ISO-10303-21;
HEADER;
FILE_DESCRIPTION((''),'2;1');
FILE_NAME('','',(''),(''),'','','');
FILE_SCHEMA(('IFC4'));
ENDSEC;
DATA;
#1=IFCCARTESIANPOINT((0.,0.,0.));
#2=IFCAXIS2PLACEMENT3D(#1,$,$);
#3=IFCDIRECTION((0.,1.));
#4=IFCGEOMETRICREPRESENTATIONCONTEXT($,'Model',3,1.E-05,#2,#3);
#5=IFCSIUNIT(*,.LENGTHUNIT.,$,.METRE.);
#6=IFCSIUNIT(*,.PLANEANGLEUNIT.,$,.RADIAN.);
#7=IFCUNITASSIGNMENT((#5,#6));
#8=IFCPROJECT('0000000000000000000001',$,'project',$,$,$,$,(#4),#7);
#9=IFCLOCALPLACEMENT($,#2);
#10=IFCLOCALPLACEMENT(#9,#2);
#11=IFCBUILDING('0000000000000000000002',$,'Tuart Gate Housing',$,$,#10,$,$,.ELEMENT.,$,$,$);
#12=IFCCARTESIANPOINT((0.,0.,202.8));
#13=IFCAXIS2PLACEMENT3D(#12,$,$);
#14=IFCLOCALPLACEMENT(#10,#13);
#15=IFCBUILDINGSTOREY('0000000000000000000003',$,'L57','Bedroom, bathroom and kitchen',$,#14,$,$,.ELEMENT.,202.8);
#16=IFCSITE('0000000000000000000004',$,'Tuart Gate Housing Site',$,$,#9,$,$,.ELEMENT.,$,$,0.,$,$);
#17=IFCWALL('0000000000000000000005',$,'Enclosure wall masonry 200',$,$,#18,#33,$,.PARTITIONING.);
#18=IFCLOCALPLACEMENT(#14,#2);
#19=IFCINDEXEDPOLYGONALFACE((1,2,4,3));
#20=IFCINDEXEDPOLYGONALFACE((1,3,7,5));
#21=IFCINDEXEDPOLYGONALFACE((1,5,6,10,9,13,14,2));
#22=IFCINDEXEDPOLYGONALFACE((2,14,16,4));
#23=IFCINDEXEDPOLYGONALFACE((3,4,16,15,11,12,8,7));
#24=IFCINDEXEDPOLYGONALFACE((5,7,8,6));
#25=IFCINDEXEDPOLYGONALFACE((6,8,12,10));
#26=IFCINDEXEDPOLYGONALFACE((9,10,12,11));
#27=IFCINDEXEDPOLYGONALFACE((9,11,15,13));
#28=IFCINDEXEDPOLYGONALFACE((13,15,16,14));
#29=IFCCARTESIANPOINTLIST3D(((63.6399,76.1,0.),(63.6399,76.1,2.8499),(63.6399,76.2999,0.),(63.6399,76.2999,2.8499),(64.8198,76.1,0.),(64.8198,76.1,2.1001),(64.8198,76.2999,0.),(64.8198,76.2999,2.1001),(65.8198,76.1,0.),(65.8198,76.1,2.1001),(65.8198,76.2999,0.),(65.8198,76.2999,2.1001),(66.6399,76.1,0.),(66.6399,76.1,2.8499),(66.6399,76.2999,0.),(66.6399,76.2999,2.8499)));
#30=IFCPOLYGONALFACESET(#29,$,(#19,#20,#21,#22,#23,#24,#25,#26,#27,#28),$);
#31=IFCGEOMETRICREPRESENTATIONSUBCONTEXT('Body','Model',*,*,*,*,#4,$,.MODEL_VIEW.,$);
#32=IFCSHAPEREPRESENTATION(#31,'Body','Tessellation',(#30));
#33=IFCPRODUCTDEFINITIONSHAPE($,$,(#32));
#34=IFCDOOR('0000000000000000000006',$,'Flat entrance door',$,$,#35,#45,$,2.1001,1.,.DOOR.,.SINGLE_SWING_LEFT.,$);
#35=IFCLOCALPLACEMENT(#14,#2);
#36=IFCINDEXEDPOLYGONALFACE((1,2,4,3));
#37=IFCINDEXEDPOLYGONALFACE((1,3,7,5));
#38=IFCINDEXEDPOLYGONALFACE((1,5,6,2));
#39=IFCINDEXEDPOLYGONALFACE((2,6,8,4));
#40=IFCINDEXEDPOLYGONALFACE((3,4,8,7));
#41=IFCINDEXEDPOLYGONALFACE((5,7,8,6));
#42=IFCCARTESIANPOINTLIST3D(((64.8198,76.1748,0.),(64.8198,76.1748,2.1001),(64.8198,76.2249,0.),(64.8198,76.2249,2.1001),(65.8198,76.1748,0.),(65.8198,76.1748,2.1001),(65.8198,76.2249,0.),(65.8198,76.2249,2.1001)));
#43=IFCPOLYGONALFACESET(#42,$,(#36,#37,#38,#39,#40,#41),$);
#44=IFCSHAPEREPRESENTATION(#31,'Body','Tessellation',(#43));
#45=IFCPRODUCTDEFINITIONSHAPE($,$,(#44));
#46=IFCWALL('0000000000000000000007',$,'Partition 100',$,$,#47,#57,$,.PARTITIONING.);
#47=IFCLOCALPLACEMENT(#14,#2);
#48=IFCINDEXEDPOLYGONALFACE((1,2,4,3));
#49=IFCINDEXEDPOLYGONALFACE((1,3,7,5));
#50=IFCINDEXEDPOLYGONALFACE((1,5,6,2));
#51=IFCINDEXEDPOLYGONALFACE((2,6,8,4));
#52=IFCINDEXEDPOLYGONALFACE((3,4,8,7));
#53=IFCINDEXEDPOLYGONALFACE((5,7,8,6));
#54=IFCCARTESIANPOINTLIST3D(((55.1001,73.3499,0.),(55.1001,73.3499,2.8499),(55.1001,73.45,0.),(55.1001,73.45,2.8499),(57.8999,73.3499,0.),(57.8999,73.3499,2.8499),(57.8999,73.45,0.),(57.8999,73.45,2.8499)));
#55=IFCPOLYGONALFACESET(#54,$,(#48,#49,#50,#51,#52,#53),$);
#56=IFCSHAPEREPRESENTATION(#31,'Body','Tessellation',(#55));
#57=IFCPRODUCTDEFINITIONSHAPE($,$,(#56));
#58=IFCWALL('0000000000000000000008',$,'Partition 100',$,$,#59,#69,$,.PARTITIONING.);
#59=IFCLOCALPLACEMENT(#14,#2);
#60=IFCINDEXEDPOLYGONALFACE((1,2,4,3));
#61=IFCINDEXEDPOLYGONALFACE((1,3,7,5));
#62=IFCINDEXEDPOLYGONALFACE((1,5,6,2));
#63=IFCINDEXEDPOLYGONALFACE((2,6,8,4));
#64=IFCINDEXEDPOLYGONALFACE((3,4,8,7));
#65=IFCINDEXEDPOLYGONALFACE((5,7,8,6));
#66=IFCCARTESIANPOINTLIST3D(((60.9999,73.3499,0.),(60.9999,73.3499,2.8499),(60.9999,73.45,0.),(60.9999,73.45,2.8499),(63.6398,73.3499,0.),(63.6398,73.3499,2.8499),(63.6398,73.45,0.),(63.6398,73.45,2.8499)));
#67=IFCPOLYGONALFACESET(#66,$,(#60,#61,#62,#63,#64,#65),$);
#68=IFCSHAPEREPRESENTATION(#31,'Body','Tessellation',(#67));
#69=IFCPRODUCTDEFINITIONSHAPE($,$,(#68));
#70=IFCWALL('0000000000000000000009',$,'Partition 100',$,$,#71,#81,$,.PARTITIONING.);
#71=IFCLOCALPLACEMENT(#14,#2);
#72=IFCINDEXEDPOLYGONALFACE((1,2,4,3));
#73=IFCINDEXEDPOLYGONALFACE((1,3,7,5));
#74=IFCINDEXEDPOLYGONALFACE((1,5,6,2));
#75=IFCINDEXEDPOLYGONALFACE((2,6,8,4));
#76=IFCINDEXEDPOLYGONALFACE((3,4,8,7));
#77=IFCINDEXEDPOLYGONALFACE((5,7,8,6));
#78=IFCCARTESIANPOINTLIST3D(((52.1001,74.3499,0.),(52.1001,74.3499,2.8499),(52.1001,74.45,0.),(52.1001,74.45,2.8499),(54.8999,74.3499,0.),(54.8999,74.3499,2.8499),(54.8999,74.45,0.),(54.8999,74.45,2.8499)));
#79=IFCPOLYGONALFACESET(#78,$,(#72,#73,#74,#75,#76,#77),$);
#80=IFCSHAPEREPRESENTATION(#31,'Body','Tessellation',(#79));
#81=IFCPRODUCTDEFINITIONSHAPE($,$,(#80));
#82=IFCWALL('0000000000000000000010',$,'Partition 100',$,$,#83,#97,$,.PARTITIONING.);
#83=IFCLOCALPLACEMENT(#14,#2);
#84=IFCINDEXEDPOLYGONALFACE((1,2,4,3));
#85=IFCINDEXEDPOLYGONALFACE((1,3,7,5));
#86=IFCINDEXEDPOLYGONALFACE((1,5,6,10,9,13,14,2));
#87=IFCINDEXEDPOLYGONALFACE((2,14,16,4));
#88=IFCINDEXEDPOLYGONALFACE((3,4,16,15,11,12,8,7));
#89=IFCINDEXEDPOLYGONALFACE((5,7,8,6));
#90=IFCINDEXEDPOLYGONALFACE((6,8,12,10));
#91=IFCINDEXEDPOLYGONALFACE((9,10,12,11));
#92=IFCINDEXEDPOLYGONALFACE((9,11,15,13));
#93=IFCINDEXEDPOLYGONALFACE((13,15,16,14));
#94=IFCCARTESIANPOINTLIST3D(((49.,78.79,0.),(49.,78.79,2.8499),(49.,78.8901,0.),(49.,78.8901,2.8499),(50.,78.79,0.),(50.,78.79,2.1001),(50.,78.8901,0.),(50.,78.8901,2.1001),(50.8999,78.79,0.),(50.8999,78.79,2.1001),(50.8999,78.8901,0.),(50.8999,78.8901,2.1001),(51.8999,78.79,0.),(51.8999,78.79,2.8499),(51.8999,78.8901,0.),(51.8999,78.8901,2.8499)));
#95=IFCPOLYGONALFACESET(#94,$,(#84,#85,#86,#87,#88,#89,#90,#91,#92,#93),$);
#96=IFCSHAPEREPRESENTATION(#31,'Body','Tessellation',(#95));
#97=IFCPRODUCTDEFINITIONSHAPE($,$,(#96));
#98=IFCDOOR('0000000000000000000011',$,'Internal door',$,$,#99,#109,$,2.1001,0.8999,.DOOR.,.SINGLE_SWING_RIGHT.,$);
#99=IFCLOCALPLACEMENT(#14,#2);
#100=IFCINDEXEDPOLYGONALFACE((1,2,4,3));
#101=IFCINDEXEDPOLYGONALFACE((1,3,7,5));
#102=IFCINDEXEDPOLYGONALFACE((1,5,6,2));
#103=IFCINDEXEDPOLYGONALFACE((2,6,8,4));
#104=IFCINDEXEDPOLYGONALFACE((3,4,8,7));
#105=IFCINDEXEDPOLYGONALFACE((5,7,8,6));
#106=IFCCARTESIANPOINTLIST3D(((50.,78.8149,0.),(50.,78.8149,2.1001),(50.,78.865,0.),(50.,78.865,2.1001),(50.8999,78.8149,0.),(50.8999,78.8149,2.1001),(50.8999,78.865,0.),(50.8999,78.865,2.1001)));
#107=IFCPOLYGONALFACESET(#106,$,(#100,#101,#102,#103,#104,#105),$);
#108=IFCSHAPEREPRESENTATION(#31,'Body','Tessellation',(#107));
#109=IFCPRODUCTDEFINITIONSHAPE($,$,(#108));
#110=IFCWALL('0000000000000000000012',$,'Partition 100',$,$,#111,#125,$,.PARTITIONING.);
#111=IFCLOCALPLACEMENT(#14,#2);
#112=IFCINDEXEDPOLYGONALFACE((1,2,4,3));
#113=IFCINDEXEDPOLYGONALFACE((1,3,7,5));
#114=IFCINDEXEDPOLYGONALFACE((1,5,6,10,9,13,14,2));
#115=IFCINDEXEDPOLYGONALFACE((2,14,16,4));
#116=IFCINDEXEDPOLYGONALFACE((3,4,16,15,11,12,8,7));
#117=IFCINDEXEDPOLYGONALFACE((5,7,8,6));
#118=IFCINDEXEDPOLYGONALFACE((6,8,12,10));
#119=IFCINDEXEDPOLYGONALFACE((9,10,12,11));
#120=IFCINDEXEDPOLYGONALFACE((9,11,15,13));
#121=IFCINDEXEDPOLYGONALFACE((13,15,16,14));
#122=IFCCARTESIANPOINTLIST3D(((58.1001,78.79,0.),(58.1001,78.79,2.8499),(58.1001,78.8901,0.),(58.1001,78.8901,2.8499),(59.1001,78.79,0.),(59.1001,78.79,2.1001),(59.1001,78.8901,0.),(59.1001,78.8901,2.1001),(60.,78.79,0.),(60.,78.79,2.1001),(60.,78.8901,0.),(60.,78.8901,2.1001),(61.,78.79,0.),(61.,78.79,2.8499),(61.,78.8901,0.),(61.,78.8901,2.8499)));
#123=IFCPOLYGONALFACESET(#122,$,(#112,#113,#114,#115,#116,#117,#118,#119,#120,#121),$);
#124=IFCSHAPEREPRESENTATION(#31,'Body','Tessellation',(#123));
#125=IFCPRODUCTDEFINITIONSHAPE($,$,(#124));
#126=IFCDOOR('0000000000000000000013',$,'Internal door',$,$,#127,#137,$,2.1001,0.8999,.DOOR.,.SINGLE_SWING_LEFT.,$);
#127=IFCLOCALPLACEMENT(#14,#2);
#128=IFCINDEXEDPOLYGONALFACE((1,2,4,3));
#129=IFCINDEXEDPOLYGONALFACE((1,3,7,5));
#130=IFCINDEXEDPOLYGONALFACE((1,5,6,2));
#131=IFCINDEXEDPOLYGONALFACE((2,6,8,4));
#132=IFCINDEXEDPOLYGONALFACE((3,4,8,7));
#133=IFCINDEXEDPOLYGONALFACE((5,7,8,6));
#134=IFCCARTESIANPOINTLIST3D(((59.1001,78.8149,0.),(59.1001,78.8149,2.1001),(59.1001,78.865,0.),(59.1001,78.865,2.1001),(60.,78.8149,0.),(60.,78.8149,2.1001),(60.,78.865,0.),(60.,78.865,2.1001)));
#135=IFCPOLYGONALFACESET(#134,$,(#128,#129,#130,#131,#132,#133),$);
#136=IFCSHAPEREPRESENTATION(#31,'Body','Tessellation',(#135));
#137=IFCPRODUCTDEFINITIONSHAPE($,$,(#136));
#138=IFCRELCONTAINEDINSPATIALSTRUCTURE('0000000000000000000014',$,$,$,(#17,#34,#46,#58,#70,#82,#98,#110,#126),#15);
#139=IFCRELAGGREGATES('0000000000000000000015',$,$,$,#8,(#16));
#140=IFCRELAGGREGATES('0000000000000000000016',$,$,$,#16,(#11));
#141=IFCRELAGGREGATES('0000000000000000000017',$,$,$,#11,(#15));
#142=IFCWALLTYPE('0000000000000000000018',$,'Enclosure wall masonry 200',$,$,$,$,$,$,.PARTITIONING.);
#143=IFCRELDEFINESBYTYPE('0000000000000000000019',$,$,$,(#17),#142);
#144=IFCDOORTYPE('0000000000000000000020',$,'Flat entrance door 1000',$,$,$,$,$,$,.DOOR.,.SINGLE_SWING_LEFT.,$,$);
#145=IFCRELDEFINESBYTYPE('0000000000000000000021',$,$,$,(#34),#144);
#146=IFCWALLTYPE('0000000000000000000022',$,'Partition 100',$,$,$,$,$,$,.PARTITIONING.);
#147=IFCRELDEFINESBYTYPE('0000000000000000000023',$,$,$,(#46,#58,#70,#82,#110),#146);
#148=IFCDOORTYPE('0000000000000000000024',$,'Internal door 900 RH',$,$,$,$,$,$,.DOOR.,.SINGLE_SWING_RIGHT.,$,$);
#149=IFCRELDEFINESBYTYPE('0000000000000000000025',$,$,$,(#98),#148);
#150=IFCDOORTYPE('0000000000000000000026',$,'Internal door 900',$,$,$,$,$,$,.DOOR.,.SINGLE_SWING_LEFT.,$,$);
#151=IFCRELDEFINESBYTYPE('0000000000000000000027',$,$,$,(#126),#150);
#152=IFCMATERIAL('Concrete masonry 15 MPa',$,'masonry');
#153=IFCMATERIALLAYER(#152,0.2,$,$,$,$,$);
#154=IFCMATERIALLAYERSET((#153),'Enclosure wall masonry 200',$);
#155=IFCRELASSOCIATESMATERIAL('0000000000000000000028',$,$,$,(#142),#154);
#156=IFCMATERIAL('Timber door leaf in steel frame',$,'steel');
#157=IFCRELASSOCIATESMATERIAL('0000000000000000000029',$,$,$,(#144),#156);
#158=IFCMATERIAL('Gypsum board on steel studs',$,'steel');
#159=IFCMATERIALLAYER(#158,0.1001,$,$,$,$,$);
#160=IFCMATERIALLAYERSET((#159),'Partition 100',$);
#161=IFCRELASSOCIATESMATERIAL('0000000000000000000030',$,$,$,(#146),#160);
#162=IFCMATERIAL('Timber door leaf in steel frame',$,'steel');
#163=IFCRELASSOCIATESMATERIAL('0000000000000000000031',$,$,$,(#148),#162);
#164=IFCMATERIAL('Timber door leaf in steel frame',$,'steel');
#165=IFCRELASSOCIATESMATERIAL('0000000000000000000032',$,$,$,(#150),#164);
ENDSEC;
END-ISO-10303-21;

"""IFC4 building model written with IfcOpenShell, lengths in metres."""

from ifc_helpers import new_model, si_unit, direction, frame, frame_2d, origin, place, context, subcontext, project, spatial, rectangle, extrude, material, layer, layer_set, type_object, element, fill, save


model = new_model("IFC4")

# Units and contexts
model_context = context("Model", 3, precision=1e-05, world=origin(), true_north=direction((0.0, 1.0)))
body_context = subcontext(model_context, "Body", "Model", "MODEL_VIEW")
ifc_project = project(units=[si_unit("LENGTHUNIT", "METRE"), si_unit("PLANEANGLEUNIT", "RADIAN")], contexts=[model_context])

# Site, building, storey
site_placement = place(None, origin())
site = spatial("IfcSite", under=ifc_project, at=site_placement, Name="Tuart Gate Housing Site", CompositionType="ELEMENT", RefElevation=0.0)
building_placement = place(site_placement, origin())
building = spatial("IfcBuilding", under=site, at=building_placement, Name="Tuart Gate Housing", CompositionType="ELEMENT")
storey_placement = place(building_placement, frame((0.0, 0.0, 202.8)))
storey = spatial("IfcBuildingStorey", under=building, at=storey_placement, Name="L57", Description="Bedroom, bathroom and kitchen", CompositionType="ELEMENT", Elevation=202.8)

# Wall, opening, door
ifc_material_1 = material(Name="Concrete masonry 15 MPa", Category="masonry")
ifc_layer_1 = layer(ifc_material_1, 0.2)
ifc_layer_set_1 = layer_set([ifc_layer_1], Name="Enclosure wall masonry 200")
wall_type_1 = type_object("IfcWallType", Name="Enclosure wall masonry 200", PredefinedType="PARTITIONING", material=ifc_layer_set_1)
wall_1_placement = place(storey_placement, frame((63.6399, 76.2, 0.0), z_axis=(0.0, 0.0, 1.0), x_axis=(1.0, 0.0, 0.0)))
wall_1 = element("IfcWall", 1, at=wall_1_placement, inside=storey, type_object=wall_type_1, Name="Enclosure wall masonry 200", PredefinedType="PARTITIONING", context=body_context, shape_type="SweptSolid", body=[
    extrude(rectangle(XDim=3.0, YDim=0.2, at=frame_2d((1.5, 0.0))), origin(), (0.0, 0.0, 1.0), 2.8499),
])
opening_1_placement = place(wall_1_placement, frame((1.1799, 0.0, 0.0)))
opening_1 = element("IfcOpeningElement", 2, at=opening_1_placement, cuts=wall_1, PredefinedType="OPENING", context=body_context, shape_type="SweptSolid", body=[
    extrude(rectangle(XDim=1.0, YDim=2.1001, at=frame_2d((0.5, 1.05))), frame((0.0, 0.1099, 0.0), z_axis=(0.0, -1.0, 0.0), x_axis=(1.0, 0.0, 0.0)), (0.0, 0.0, 1.0), 0.22),
])
ifc_material_2 = material(Name="Timber door leaf in steel frame", Category="steel")
door_type_1 = type_object("IfcDoorType", Name="Flat entrance door 1000", OperationType="SINGLE_SWING_LEFT", PredefinedType="DOOR", material=ifc_material_2)
door_1_placement = place(opening_1_placement, origin())
door_1 = element("IfcDoor", 3, at=door_1_placement, inside=storey, type_object=door_type_1, Name="Flat entrance door", OperationType="SINGLE_SWING_LEFT", OverallHeight=2.1001, OverallWidth=1.0, PredefinedType="DOOR", context=body_context, shape_type="SweptSolid", body=[
    extrude(rectangle(XDim=1.0, YDim=2.1001, at=frame_2d((0.5, 1.05))), frame((0.0, 0.0249, 0.0), z_axis=(0.0, -1.0, 0.0), x_axis=(1.0, 0.0, 0.0)), (0.0, 0.0, 1.0), 0.05),
])
fill(opening_1, door_1)

# Walls
ifc_material_3 = material(Name="Gypsum board on steel studs", Category="steel")
ifc_layer_2 = layer(ifc_material_3, 0.1001)
ifc_layer_set_2 = layer_set([ifc_layer_2], Name="Partition 100")
wall_type_2 = type_object("IfcWallType", Name="Partition 100", PredefinedType="PARTITIONING", material=ifc_layer_set_2)
wall_2_placement = place(storey_placement, frame((55.1001, 73.3999, 0.0), z_axis=(0.0, 0.0, 1.0), x_axis=(1.0, 0.0, 0.0)))
element("IfcWall", 4, at=wall_2_placement, inside=storey, type_object=wall_type_2, Name="Partition 100", PredefinedType="PARTITIONING", context=body_context, shape_type="SweptSolid", body=[
    extrude(rectangle(XDim=2.7998, YDim=0.1001, at=frame_2d((1.3999, 0.0))), origin(), (0.0, 0.0, 1.0), 2.8499),
])
wall_3_placement = place(storey_placement, frame((61.0, 73.3999, 0.0), z_axis=(0.0, 0.0, 1.0), x_axis=(1.0, 0.0, 0.0)))
element("IfcWall", 5, at=wall_3_placement, inside=storey, type_object=wall_type_2, Name="Partition 100", PredefinedType="PARTITIONING", context=body_context, shape_type="SweptSolid", body=[
    extrude(rectangle(XDim=2.6399, YDim=0.1001, at=frame_2d((1.3198, 0.0))), origin(), (0.0, 0.0, 1.0), 2.8499),
])
wall_4_placement = place(storey_placement, frame((52.1001, 74.3999, 0.0), z_axis=(0.0, 0.0, 1.0), x_axis=(1.0, 0.0, 0.0)))
element("IfcWall", 6, at=wall_4_placement, inside=storey, type_object=wall_type_2, Name="Partition 100", PredefinedType="PARTITIONING", context=body_context, shape_type="SweptSolid", body=[
    extrude(rectangle(XDim=2.7998, YDim=0.1001, at=frame_2d((1.3999, 0.0))), origin(), (0.0, 0.0, 1.0), 2.8499),
])

# Walls, openings, doors
wall_5_placement = place(storey_placement, frame((49.0, 78.8401, 0.0), z_axis=(0.0, 0.0, 1.0), x_axis=(1.0, 0.0, 0.0)))
wall_5 = element("IfcWall", 7, at=wall_5_placement, inside=storey, type_object=wall_type_2, Name="Partition 100", PredefinedType="PARTITIONING", context=body_context, shape_type="SweptSolid", body=[
    extrude(rectangle(XDim=2.8999, YDim=0.1001, at=frame_2d((1.45, 0.0))), origin(), (0.0, 0.0, 1.0), 2.8499),
])
opening_2_placement = place(wall_5_placement, frame((1.0, 0.0, 0.0)))
opening_2 = element("IfcOpeningElement", 8, at=opening_2_placement, cuts=wall_5, PredefinedType="OPENING", context=body_context, shape_type="SweptSolid", body=[
    extrude(rectangle(XDim=0.8999, YDim=2.1001, at=frame_2d((0.45, 1.05))), frame((0.0, 0.0601, 0.0), z_axis=(0.0, -1.0, 0.0), x_axis=(1.0, 0.0, 0.0)), (0.0, 0.0, 1.0), 0.1201),
])
ifc_material_4 = material(Name="Timber door leaf in steel frame", Category="steel")
door_type_2 = type_object("IfcDoorType", Name="Internal door 900 RH", OperationType="SINGLE_SWING_RIGHT", PredefinedType="DOOR", material=ifc_material_4)
door_2_placement = place(opening_2_placement, frame((0.8999, 0.0, 0.0), z_axis=(0.0, 0.0, 1.0), x_axis=(-1.0, 0.0, 0.0)))
door_2 = element("IfcDoor", 9, at=door_2_placement, inside=storey, type_object=door_type_2, Name="Internal door", OperationType="SINGLE_SWING_RIGHT", OverallHeight=2.1001, OverallWidth=0.8999, PredefinedType="DOOR", context=body_context, shape_type="SweptSolid", body=[
    extrude(rectangle(XDim=0.8999, YDim=2.1001, at=frame_2d((0.45, 1.05))), frame((0.0, 0.0251, 0.0), z_axis=(0.0, -1.0, 0.0), x_axis=(1.0, 0.0, 0.0)), (0.0, 0.0, 1.0), 0.05),
])
fill(opening_2, door_2)
wall_6_placement = place(storey_placement, frame((58.1001, 78.8401, 0.0), z_axis=(0.0, 0.0, 1.0), x_axis=(1.0, 0.0, 0.0)))
wall_6 = element("IfcWall", 10, at=wall_6_placement, inside=storey, type_object=wall_type_2, Name="Partition 100", PredefinedType="PARTITIONING", context=body_context, shape_type="SweptSolid", body=[
    extrude(rectangle(XDim=2.8999, YDim=0.1001, at=frame_2d((1.45, 0.0))), origin(), (0.0, 0.0, 1.0), 2.8499),
])
opening_3_placement = place(wall_6_placement, frame((1.0, 0.0, 0.0)))
opening_3 = element("IfcOpeningElement", 11, at=opening_3_placement, cuts=wall_6, PredefinedType="OPENING", context=body_context, shape_type="SweptSolid", body=[
    extrude(rectangle(XDim=0.8999, YDim=2.1001, at=frame_2d((0.45, 1.05))), frame((0.0, 0.0601, 0.0), z_axis=(0.0, -1.0, 0.0), x_axis=(1.0, 0.0, 0.0)), (0.0, 0.0, 1.0), 0.1201),
])
ifc_material_5 = material(Name="Timber door leaf in steel frame", Category="steel")
door_type_3 = type_object("IfcDoorType", Name="Internal door 900", OperationType="SINGLE_SWING_LEFT", PredefinedType="DOOR", material=ifc_material_5)
door_3_placement = place(opening_3_placement, frame((0.8999, 0.0, 0.0), z_axis=(0.0, 0.0, 1.0), x_axis=(-1.0, 0.0, 0.0)))
door_3 = element("IfcDoor", 12, at=door_3_placement, inside=storey, type_object=door_type_3, Name="Internal door", OperationType="SINGLE_SWING_LEFT", OverallHeight=2.1001, OverallWidth=0.8999, PredefinedType="DOOR", context=body_context, shape_type="SweptSolid", body=[
    extrude(rectangle(XDim=0.8999, YDim=2.1001, at=frame_2d((0.45, 1.05))), frame((0.0, 0.0251, 0.0), z_axis=(0.0, -1.0, 0.0), x_axis=(1.0, 0.0, 0.0)), (0.0, 0.0, 1.0), 0.05),
])
fill(opening_3, door_3)

save(model, "model.ifc")
